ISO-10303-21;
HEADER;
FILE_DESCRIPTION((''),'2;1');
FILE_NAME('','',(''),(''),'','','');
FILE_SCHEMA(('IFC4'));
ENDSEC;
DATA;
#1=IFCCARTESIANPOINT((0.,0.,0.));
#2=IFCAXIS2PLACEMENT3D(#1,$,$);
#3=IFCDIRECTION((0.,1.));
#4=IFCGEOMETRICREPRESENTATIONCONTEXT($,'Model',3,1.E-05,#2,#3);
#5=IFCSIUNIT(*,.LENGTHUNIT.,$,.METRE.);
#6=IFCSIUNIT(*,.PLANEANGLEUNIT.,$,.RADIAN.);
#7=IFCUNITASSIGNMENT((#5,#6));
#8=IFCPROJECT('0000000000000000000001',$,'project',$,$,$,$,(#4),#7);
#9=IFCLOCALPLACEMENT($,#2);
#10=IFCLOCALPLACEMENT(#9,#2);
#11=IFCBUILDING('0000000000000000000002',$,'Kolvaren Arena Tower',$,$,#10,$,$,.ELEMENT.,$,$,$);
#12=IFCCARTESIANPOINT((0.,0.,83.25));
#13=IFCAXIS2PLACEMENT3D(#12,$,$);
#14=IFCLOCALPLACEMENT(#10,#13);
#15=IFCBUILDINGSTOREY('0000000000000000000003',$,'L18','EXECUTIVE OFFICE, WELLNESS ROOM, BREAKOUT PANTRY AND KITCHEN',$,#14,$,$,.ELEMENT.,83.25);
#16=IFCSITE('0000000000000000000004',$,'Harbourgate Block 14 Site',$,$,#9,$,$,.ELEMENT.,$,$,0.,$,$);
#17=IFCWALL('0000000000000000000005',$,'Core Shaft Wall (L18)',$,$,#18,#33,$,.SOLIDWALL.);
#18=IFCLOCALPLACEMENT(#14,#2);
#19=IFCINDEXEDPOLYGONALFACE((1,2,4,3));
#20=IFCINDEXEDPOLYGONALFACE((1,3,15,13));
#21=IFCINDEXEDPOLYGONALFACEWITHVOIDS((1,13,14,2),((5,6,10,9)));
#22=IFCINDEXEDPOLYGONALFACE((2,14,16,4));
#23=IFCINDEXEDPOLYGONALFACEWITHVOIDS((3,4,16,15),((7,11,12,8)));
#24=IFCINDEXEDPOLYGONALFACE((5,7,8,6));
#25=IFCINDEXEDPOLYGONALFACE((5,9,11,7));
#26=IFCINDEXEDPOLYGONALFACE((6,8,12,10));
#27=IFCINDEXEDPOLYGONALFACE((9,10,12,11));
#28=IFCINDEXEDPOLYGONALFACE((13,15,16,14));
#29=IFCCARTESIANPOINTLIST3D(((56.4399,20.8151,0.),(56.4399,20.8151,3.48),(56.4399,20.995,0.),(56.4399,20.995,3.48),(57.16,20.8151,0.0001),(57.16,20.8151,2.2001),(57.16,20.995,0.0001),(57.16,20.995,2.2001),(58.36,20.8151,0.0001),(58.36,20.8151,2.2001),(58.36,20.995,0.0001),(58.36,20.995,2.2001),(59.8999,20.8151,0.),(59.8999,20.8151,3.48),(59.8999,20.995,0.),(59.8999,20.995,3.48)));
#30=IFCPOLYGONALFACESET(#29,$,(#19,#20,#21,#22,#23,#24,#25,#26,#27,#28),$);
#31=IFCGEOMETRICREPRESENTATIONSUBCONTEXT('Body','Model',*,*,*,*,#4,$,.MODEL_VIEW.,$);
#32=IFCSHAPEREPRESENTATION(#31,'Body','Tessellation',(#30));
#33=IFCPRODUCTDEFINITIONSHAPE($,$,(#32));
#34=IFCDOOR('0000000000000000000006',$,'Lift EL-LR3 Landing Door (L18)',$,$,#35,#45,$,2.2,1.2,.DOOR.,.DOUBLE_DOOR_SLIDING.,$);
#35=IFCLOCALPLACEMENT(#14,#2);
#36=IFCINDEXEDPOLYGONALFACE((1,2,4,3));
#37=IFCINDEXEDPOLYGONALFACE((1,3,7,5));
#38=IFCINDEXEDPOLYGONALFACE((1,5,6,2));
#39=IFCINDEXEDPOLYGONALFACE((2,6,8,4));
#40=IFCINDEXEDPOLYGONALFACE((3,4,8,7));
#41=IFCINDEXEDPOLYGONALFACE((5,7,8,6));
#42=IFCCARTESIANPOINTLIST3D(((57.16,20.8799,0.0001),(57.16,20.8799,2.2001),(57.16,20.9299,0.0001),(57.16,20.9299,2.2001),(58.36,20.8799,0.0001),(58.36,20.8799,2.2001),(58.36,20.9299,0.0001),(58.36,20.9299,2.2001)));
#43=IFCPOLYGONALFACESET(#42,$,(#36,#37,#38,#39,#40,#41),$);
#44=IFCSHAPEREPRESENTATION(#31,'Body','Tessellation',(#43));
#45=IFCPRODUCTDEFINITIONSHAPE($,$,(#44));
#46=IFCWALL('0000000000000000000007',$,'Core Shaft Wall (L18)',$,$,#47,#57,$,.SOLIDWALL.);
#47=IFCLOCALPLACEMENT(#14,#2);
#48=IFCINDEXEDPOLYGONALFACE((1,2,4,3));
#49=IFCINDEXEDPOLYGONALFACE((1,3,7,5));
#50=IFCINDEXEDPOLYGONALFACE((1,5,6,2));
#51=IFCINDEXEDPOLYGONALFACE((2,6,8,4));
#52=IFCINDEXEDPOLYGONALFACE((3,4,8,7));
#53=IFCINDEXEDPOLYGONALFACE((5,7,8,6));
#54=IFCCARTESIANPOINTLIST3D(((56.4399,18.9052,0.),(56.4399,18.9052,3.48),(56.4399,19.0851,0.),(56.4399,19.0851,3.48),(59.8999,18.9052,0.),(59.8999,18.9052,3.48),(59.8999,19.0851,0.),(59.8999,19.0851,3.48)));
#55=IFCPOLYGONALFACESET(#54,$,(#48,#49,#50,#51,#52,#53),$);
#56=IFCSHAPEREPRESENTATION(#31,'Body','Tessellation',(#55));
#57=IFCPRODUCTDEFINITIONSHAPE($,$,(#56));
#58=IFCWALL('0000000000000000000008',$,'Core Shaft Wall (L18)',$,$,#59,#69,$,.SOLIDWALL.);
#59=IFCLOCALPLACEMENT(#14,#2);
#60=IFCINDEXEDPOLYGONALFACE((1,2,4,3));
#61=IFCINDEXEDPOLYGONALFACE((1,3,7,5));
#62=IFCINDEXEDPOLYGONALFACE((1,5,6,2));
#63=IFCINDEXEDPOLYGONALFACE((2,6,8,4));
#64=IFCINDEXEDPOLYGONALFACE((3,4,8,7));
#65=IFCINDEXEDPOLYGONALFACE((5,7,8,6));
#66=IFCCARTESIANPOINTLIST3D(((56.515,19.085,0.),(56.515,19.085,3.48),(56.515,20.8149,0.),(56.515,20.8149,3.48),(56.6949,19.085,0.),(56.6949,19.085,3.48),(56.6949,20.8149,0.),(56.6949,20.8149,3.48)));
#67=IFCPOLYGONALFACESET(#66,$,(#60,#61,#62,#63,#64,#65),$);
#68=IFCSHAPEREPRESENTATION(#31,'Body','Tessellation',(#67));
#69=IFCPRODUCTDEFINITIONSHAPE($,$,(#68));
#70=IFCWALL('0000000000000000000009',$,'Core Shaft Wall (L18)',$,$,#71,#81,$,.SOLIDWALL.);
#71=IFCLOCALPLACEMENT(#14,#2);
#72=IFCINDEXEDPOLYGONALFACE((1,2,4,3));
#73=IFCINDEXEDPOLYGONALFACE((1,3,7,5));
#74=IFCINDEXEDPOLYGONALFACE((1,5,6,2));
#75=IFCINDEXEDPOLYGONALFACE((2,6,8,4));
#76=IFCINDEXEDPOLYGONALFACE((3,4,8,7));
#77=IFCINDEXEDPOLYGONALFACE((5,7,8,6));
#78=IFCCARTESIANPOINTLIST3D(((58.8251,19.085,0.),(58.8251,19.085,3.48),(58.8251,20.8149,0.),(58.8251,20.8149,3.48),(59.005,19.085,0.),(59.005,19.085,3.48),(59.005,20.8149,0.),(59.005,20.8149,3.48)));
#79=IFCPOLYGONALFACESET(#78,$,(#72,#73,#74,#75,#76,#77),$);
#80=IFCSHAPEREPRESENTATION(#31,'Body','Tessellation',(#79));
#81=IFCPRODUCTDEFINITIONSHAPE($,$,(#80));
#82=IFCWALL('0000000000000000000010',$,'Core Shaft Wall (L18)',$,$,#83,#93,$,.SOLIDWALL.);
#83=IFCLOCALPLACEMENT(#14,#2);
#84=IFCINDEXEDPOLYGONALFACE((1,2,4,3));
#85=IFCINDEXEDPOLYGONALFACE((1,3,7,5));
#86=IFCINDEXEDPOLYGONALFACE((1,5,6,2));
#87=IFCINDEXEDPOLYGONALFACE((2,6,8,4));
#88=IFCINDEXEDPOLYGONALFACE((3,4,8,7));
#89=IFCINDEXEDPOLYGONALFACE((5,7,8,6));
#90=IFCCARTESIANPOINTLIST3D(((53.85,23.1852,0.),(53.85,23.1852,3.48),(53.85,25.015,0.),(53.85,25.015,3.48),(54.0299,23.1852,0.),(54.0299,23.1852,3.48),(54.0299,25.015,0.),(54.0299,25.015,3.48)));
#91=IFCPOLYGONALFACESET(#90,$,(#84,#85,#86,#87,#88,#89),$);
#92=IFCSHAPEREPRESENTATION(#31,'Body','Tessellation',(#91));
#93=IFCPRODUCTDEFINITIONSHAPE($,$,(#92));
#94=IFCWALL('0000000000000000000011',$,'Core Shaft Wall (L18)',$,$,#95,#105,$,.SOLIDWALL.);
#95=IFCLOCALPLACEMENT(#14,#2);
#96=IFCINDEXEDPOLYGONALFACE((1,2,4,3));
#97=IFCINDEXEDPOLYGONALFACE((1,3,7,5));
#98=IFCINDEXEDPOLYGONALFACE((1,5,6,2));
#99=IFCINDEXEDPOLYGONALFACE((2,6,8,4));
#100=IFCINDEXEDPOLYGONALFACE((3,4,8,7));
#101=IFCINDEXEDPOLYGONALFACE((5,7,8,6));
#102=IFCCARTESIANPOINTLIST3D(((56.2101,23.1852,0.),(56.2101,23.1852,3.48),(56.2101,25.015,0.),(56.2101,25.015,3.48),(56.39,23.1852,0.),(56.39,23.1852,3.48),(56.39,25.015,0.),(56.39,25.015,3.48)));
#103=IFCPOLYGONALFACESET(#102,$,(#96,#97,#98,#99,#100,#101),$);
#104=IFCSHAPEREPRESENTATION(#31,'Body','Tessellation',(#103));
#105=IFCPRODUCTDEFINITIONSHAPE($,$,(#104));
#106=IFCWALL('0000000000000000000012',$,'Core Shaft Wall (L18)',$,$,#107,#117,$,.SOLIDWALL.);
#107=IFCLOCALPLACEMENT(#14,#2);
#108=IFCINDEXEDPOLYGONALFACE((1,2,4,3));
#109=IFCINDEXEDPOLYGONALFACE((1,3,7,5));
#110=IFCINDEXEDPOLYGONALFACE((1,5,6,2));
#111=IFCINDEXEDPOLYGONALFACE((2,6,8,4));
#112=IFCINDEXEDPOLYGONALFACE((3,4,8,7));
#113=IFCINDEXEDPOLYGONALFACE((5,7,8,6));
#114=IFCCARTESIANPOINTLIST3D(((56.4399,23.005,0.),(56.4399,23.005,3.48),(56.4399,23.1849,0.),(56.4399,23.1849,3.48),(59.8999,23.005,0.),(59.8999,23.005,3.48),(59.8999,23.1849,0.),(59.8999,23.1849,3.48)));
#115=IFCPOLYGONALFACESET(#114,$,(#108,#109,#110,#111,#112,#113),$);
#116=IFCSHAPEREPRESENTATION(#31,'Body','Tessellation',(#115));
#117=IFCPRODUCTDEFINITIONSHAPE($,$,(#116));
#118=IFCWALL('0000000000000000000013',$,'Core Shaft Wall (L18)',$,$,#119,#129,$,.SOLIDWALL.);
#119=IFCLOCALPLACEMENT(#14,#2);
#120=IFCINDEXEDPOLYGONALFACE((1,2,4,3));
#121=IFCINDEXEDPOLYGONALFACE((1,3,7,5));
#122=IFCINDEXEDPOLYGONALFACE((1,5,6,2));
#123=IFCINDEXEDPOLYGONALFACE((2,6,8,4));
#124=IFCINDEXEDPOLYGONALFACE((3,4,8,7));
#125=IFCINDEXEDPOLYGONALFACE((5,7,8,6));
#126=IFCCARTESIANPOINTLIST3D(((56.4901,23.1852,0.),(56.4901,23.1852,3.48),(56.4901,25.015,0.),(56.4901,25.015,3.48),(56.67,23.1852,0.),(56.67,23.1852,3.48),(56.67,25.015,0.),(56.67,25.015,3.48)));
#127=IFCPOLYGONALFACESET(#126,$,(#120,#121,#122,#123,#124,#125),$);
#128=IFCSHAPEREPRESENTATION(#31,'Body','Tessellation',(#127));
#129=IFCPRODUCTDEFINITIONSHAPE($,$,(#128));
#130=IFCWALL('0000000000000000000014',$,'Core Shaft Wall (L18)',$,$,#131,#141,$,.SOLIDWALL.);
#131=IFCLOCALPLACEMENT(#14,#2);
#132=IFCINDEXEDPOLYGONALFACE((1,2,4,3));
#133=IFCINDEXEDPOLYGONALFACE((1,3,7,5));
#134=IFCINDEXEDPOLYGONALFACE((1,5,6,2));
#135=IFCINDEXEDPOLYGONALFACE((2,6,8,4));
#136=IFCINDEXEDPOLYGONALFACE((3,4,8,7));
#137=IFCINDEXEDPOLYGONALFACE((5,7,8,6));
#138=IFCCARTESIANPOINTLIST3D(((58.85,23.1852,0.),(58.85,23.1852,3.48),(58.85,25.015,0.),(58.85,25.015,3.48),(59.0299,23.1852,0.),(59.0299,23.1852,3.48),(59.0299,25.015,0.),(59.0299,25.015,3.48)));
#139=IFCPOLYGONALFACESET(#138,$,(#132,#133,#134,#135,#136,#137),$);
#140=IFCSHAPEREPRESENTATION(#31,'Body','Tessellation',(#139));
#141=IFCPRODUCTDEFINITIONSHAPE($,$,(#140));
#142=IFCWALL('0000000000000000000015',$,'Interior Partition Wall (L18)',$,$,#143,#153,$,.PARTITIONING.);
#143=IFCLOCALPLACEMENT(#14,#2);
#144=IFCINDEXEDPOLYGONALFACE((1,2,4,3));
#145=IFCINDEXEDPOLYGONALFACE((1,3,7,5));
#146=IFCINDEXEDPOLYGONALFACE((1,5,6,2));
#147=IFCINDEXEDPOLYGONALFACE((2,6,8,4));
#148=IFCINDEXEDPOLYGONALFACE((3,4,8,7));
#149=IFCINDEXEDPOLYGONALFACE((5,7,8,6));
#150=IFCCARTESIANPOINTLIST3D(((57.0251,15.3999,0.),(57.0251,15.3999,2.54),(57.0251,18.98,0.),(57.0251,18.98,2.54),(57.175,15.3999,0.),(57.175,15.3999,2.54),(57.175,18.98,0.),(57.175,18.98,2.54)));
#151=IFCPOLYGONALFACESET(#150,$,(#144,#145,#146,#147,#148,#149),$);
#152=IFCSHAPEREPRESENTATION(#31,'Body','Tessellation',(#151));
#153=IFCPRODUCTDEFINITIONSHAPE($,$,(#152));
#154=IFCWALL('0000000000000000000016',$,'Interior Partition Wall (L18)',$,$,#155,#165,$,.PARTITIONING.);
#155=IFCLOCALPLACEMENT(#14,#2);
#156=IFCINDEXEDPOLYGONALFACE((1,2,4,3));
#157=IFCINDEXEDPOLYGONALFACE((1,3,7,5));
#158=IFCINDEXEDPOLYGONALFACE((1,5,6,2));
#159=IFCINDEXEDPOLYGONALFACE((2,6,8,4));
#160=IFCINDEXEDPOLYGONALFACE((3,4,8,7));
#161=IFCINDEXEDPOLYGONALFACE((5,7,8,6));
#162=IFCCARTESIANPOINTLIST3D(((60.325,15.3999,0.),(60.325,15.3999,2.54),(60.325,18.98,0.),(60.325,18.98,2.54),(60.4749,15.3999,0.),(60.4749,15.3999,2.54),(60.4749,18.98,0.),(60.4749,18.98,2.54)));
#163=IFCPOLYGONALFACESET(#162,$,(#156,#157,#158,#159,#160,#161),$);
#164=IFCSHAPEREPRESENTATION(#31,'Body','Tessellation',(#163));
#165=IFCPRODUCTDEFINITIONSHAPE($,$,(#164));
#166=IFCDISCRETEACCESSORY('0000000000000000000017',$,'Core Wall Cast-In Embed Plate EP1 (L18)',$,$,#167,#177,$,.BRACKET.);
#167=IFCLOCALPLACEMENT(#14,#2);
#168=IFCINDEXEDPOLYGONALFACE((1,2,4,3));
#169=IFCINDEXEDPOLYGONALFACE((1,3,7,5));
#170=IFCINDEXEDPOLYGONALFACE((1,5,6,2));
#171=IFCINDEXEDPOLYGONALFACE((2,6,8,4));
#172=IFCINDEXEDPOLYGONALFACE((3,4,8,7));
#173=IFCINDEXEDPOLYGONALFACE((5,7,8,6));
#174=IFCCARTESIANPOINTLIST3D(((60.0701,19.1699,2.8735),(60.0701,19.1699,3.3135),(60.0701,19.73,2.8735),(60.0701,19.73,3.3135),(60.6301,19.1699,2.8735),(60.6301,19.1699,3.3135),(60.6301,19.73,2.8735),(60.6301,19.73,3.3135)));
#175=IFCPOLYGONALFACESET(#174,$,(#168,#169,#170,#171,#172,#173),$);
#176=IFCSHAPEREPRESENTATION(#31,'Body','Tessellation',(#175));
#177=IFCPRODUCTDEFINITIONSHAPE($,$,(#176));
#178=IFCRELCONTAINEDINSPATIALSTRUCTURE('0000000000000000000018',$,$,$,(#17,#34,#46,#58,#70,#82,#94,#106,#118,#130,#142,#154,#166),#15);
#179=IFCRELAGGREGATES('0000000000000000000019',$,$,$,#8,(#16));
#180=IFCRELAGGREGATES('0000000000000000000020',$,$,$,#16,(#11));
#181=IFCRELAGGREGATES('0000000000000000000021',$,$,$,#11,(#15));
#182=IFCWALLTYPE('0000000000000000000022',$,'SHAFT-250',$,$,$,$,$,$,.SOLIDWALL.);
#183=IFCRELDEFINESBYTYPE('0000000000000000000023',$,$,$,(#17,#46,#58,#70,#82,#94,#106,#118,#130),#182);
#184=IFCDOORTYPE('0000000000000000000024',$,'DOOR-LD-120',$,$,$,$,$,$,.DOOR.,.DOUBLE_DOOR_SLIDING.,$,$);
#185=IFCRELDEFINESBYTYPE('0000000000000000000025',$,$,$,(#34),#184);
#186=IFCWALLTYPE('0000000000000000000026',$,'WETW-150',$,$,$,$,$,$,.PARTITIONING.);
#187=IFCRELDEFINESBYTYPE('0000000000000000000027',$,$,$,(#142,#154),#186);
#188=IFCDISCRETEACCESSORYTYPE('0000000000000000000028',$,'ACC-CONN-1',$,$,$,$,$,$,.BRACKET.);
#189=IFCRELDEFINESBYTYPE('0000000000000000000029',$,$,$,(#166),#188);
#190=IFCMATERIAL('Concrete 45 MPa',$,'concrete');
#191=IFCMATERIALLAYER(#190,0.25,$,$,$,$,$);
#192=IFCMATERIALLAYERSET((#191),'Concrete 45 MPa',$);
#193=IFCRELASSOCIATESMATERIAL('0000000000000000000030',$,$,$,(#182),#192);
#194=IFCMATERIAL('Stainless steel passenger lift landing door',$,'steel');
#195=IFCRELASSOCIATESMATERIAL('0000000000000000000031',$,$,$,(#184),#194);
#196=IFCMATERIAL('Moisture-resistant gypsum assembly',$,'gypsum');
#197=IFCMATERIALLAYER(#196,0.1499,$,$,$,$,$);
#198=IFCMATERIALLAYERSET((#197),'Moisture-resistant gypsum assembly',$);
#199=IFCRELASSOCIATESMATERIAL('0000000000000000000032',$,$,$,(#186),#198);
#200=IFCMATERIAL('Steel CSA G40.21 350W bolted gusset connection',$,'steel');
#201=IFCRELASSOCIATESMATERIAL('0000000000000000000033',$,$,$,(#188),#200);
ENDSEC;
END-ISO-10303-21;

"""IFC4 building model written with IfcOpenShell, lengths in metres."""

from ifc_helpers import new_model, si_unit, direction, frame, frame_2d, origin, origin_2d, place, context, subcontext, project, spatial, rectangle, extrude, material, layer, layer_set, type_object, element, fill, save


model = new_model("IFC4")

# Units and contexts
model_context = context("Model", 3, precision=1e-05, world=origin(), true_north=direction((0.0, 1.0)))
body_context = subcontext(model_context, "Body", "Model", "MODEL_VIEW")
ifc_project = project(units=[si_unit("LENGTHUNIT", "METRE"), si_unit("PLANEANGLEUNIT", "RADIAN")], contexts=[model_context])

# Site, building, storey
site_placement = place(None, origin())
site = spatial("IfcSite", under=ifc_project, at=site_placement, Name="Harbourgate Block 14 Site", CompositionType="ELEMENT", RefElevation=0.0)
building_placement = place(site_placement, origin())
building = spatial("IfcBuilding", under=site, at=building_placement, Name="Kolvaren Arena Tower", CompositionType="ELEMENT")
storey_placement = place(building_placement, frame((0.0, 0.0, 83.25)))
storey = spatial("IfcBuildingStorey", under=building, at=storey_placement, Name="L18", Description="EXECUTIVE OFFICE, WELLNESS ROOM, BREAKOUT PANTRY AND KITCHEN", CompositionType="ELEMENT", Elevation=83.25)

# Shared definitions
ifc_material_1 = material(Name="Concrete 45 MPa", Category="concrete")
ifc_layer_1 = layer(ifc_material_1, 0.25)
ifc_layer_set_1 = layer_set([ifc_layer_1], Name="Concrete 45 MPa")
wall_type_1 = type_object("IfcWallType", Name="SHAFT-250", PredefinedType="SOLIDWALL", material=ifc_layer_set_1)
ifc_material_2 = material(Name="Stainless steel passenger lift landing door", Category="steel")
door_type = type_object("IfcDoorType", Name="DOOR-LD-120", OperationType="DOUBLE_DOOR_SLIDING", PredefinedType="DOOR", material=ifc_material_2)

# Wall, opening, door
wall_1_placement = place(storey_placement, frame((56.4399, 20.905, 0.0), z_axis=(0.0, 0.0, 1.0), x_axis=(1.0, 0.0, 0.0)))
wall_1 = element("IfcWall", 1, at=wall_1_placement, inside=storey, type_object=wall_type_1, Name="Core Shaft Wall (L18)", PredefinedType="SOLIDWALL", context=body_context, shape_type="SweptSolid", body=[
    extrude(rectangle(XDim=3.46, YDim=0.1799, at=frame_2d((1.73, 0.0))), origin(), (0.0, 0.0, 1.0), 3.48),
])
opening_1_placement = place(wall_1_placement, frame((0.72, 0.0, 0.0)))
opening_1 = element("IfcOpeningElement", 2, at=opening_1_placement, cuts=wall_1, PredefinedType="OPENING", context=body_context, shape_type="SweptSolid", body=[
    extrude(rectangle(XDim=1.2, YDim=2.2, at=frame_2d((0.6001, 1.1001))), frame((0.0, 0.0999, 0.0), z_axis=(0.0, -1.0, 0.0), x_axis=(1.0, 0.0, 0.0)), (0.0, 0.0, 1.0), 0.2),
])
door_1_placement = place(opening_1_placement, origin())
door_1 = element("IfcDoor", 3, at=door_1_placement, inside=storey, type_object=door_type, Name="Lift EL-LR3 Landing Door (L18)", OperationType="DOUBLE_DOOR_SLIDING", OverallHeight=2.2, OverallWidth=1.2, PredefinedType="DOOR", context=body_context, shape_type="SweptSolid", body=[
    extrude(rectangle(XDim=1.2, YDim=2.2, at=frame_2d((0.6001, 1.1001))), frame((0.0, 0.0249, 0.0), z_axis=(0.0, -1.0, 0.0), x_axis=(1.0, 0.0, 0.0)), (0.0, 0.0, 1.0), 0.05),
])
fill(opening_1, door_1)

# Walls
wall_2_placement = place(storey_placement, frame((56.4399, 18.9951, 0.0), z_axis=(0.0, 0.0, 1.0), x_axis=(1.0, 0.0, 0.0)))
element("IfcWall", 4, at=wall_2_placement, inside=storey, type_object=wall_type_1, Name="Core Shaft Wall (L18)", PredefinedType="SOLIDWALL", context=body_context, shape_type="SweptSolid", body=[
    extrude(rectangle(XDim=3.46, YDim=0.1799, at=frame_2d((1.73, 0.0))), origin(), (0.0, 0.0, 1.0), 3.48),
])
for number, where, z_axis, x_axis, name in (
    (5, (56.605, 19.085, 0.0), (0.0, 0.0, 1.0), (0.0, 1.0, 0.0), "Core Shaft Wall (L18)"),
    (6, (58.915, 19.085, 0.0), (0.0, 0.0, 1.0), (0.0, 1.0, 0.0), "Core Shaft Wall (L18)"),
):
    element("IfcWall", number, at=place(storey_placement, frame(where, z_axis=z_axis, x_axis=x_axis)), inside=storey, type_object=wall_type_1, Name=name, PredefinedType="SOLIDWALL", context=body_context, shape_type="SweptSolid", body=[
        extrude(rectangle(XDim=1.73, YDim=0.1799, at=frame_2d((0.865, 0.0))), origin(), (0.0, 0.0, 1.0), 3.48),
    ])
for number, where, z_axis, x_axis, name in (
    (7, (53.9399, 23.1851, 0.0), (0.0, 0.0, 1.0), (0.0, 1.0, 0.0), "Core Shaft Wall (L18)"),
    (8, (56.3, 23.1851, 0.0), (0.0, 0.0, 1.0), (0.0, 1.0, 0.0), "Core Shaft Wall (L18)"),
):
    element("IfcWall", number, at=place(storey_placement, frame(where, z_axis=z_axis, x_axis=x_axis)), inside=storey, type_object=wall_type_1, Name=name, PredefinedType="SOLIDWALL", context=body_context, shape_type="SweptSolid", body=[
        extrude(rectangle(XDim=1.8298, YDim=0.1799, at=frame_2d((0.915, 0.0))), origin(), (0.0, 0.0, 1.0), 3.48),
    ])
wall_3_placement = place(storey_placement, frame((56.4399, 23.095, 0.0), z_axis=(0.0, 0.0, 1.0), x_axis=(1.0, 0.0, 0.0)))
element("IfcWall", 9, at=wall_3_placement, inside=storey, type_object=wall_type_1, Name="Core Shaft Wall (L18)", PredefinedType="SOLIDWALL", context=body_context, shape_type="SweptSolid", body=[
    extrude(rectangle(XDim=3.46, YDim=0.1799, at=frame_2d((1.73, 0.0))), origin(), (0.0, 0.0, 1.0), 3.48),
])
for number, where, z_axis, x_axis, name in (
    (10, (56.5801, 23.1851, 0.0), (0.0, 0.0, 1.0), (0.0, 1.0, 0.0), "Core Shaft Wall (L18)"),
    (11, (58.9399, 23.1851, 0.0), (0.0, 0.0, 1.0), (0.0, 1.0, 0.0), "Core Shaft Wall (L18)"),
):
    element("IfcWall", number, at=place(storey_placement, frame(where, z_axis=z_axis, x_axis=x_axis)), inside=storey, type_object=wall_type_1, Name=name, PredefinedType="SOLIDWALL", context=body_context, shape_type="SweptSolid", body=[
        extrude(rectangle(XDim=1.8298, YDim=0.1799, at=frame_2d((0.915, 0.0))), origin(), (0.0, 0.0, 1.0), 3.48),
    ])
ifc_material_3 = material(Name="Moisture-resistant gypsum assembly", Category="gypsum")
ifc_layer_2 = layer(ifc_material_3, 0.1499)
ifc_layer_set_2 = layer_set([ifc_layer_2], Name="Moisture-resistant gypsum assembly")
wall_type_2 = type_object("IfcWallType", Name="WETW-150", PredefinedType="PARTITIONING", material=ifc_layer_set_2)
for number, where, z_axis, x_axis, name in (
    (12, (57.1001, 15.3999, 0.0), (0.0, 0.0, 1.0), (0.0, 1.0, 0.0), "Interior Partition Wall (L18)"),
    (13, (60.3999, 15.3999, 0.0), (0.0, 0.0, 1.0), (0.0, 1.0, 0.0), "Interior Partition Wall (L18)"),
):
    element("IfcWall", number, at=place(storey_placement, frame(where, z_axis=z_axis, x_axis=x_axis)), inside=storey, type_object=wall_type_2, Name=name, PredefinedType="PARTITIONING", context=body_context, shape_type="SweptSolid", body=[
        extrude(rectangle(XDim=3.5801, YDim=0.1499, at=frame_2d((1.79, 0.0))), origin(), (0.0, 0.0, 1.0), 2.54),
    ])

# Discrete accessory
ifc_material_4 = material(Name="Steel CSA G40.21 350W bolted gusset connection", Category="steel")
discrete_accessory_type = type_object("IfcDiscreteAccessoryType", Name="ACC-CONN-1", PredefinedType="BRACKET", material=ifc_material_4)
discrete_accessory_placement = place(storey_placement, frame((60.3501, 19.45, 2.8735), z_axis=(0.0, 0.0, 1.0), x_axis=(1.0, 0.0, 0.0)))
element("IfcDiscreteAccessory", 14, at=discrete_accessory_placement, inside=storey, type_object=discrete_accessory_type, Name="Core Wall Cast-In Embed Plate EP1 (L18)", PredefinedType="BRACKET", context=body_context, shape_type="SweptSolid", body=[
    extrude(rectangle(XDim=0.5601, YDim=0.5601, at=origin_2d()), origin(), (0.0, 0.0, 1.0), 0.4399),
])

save(model, "model.ifc")
